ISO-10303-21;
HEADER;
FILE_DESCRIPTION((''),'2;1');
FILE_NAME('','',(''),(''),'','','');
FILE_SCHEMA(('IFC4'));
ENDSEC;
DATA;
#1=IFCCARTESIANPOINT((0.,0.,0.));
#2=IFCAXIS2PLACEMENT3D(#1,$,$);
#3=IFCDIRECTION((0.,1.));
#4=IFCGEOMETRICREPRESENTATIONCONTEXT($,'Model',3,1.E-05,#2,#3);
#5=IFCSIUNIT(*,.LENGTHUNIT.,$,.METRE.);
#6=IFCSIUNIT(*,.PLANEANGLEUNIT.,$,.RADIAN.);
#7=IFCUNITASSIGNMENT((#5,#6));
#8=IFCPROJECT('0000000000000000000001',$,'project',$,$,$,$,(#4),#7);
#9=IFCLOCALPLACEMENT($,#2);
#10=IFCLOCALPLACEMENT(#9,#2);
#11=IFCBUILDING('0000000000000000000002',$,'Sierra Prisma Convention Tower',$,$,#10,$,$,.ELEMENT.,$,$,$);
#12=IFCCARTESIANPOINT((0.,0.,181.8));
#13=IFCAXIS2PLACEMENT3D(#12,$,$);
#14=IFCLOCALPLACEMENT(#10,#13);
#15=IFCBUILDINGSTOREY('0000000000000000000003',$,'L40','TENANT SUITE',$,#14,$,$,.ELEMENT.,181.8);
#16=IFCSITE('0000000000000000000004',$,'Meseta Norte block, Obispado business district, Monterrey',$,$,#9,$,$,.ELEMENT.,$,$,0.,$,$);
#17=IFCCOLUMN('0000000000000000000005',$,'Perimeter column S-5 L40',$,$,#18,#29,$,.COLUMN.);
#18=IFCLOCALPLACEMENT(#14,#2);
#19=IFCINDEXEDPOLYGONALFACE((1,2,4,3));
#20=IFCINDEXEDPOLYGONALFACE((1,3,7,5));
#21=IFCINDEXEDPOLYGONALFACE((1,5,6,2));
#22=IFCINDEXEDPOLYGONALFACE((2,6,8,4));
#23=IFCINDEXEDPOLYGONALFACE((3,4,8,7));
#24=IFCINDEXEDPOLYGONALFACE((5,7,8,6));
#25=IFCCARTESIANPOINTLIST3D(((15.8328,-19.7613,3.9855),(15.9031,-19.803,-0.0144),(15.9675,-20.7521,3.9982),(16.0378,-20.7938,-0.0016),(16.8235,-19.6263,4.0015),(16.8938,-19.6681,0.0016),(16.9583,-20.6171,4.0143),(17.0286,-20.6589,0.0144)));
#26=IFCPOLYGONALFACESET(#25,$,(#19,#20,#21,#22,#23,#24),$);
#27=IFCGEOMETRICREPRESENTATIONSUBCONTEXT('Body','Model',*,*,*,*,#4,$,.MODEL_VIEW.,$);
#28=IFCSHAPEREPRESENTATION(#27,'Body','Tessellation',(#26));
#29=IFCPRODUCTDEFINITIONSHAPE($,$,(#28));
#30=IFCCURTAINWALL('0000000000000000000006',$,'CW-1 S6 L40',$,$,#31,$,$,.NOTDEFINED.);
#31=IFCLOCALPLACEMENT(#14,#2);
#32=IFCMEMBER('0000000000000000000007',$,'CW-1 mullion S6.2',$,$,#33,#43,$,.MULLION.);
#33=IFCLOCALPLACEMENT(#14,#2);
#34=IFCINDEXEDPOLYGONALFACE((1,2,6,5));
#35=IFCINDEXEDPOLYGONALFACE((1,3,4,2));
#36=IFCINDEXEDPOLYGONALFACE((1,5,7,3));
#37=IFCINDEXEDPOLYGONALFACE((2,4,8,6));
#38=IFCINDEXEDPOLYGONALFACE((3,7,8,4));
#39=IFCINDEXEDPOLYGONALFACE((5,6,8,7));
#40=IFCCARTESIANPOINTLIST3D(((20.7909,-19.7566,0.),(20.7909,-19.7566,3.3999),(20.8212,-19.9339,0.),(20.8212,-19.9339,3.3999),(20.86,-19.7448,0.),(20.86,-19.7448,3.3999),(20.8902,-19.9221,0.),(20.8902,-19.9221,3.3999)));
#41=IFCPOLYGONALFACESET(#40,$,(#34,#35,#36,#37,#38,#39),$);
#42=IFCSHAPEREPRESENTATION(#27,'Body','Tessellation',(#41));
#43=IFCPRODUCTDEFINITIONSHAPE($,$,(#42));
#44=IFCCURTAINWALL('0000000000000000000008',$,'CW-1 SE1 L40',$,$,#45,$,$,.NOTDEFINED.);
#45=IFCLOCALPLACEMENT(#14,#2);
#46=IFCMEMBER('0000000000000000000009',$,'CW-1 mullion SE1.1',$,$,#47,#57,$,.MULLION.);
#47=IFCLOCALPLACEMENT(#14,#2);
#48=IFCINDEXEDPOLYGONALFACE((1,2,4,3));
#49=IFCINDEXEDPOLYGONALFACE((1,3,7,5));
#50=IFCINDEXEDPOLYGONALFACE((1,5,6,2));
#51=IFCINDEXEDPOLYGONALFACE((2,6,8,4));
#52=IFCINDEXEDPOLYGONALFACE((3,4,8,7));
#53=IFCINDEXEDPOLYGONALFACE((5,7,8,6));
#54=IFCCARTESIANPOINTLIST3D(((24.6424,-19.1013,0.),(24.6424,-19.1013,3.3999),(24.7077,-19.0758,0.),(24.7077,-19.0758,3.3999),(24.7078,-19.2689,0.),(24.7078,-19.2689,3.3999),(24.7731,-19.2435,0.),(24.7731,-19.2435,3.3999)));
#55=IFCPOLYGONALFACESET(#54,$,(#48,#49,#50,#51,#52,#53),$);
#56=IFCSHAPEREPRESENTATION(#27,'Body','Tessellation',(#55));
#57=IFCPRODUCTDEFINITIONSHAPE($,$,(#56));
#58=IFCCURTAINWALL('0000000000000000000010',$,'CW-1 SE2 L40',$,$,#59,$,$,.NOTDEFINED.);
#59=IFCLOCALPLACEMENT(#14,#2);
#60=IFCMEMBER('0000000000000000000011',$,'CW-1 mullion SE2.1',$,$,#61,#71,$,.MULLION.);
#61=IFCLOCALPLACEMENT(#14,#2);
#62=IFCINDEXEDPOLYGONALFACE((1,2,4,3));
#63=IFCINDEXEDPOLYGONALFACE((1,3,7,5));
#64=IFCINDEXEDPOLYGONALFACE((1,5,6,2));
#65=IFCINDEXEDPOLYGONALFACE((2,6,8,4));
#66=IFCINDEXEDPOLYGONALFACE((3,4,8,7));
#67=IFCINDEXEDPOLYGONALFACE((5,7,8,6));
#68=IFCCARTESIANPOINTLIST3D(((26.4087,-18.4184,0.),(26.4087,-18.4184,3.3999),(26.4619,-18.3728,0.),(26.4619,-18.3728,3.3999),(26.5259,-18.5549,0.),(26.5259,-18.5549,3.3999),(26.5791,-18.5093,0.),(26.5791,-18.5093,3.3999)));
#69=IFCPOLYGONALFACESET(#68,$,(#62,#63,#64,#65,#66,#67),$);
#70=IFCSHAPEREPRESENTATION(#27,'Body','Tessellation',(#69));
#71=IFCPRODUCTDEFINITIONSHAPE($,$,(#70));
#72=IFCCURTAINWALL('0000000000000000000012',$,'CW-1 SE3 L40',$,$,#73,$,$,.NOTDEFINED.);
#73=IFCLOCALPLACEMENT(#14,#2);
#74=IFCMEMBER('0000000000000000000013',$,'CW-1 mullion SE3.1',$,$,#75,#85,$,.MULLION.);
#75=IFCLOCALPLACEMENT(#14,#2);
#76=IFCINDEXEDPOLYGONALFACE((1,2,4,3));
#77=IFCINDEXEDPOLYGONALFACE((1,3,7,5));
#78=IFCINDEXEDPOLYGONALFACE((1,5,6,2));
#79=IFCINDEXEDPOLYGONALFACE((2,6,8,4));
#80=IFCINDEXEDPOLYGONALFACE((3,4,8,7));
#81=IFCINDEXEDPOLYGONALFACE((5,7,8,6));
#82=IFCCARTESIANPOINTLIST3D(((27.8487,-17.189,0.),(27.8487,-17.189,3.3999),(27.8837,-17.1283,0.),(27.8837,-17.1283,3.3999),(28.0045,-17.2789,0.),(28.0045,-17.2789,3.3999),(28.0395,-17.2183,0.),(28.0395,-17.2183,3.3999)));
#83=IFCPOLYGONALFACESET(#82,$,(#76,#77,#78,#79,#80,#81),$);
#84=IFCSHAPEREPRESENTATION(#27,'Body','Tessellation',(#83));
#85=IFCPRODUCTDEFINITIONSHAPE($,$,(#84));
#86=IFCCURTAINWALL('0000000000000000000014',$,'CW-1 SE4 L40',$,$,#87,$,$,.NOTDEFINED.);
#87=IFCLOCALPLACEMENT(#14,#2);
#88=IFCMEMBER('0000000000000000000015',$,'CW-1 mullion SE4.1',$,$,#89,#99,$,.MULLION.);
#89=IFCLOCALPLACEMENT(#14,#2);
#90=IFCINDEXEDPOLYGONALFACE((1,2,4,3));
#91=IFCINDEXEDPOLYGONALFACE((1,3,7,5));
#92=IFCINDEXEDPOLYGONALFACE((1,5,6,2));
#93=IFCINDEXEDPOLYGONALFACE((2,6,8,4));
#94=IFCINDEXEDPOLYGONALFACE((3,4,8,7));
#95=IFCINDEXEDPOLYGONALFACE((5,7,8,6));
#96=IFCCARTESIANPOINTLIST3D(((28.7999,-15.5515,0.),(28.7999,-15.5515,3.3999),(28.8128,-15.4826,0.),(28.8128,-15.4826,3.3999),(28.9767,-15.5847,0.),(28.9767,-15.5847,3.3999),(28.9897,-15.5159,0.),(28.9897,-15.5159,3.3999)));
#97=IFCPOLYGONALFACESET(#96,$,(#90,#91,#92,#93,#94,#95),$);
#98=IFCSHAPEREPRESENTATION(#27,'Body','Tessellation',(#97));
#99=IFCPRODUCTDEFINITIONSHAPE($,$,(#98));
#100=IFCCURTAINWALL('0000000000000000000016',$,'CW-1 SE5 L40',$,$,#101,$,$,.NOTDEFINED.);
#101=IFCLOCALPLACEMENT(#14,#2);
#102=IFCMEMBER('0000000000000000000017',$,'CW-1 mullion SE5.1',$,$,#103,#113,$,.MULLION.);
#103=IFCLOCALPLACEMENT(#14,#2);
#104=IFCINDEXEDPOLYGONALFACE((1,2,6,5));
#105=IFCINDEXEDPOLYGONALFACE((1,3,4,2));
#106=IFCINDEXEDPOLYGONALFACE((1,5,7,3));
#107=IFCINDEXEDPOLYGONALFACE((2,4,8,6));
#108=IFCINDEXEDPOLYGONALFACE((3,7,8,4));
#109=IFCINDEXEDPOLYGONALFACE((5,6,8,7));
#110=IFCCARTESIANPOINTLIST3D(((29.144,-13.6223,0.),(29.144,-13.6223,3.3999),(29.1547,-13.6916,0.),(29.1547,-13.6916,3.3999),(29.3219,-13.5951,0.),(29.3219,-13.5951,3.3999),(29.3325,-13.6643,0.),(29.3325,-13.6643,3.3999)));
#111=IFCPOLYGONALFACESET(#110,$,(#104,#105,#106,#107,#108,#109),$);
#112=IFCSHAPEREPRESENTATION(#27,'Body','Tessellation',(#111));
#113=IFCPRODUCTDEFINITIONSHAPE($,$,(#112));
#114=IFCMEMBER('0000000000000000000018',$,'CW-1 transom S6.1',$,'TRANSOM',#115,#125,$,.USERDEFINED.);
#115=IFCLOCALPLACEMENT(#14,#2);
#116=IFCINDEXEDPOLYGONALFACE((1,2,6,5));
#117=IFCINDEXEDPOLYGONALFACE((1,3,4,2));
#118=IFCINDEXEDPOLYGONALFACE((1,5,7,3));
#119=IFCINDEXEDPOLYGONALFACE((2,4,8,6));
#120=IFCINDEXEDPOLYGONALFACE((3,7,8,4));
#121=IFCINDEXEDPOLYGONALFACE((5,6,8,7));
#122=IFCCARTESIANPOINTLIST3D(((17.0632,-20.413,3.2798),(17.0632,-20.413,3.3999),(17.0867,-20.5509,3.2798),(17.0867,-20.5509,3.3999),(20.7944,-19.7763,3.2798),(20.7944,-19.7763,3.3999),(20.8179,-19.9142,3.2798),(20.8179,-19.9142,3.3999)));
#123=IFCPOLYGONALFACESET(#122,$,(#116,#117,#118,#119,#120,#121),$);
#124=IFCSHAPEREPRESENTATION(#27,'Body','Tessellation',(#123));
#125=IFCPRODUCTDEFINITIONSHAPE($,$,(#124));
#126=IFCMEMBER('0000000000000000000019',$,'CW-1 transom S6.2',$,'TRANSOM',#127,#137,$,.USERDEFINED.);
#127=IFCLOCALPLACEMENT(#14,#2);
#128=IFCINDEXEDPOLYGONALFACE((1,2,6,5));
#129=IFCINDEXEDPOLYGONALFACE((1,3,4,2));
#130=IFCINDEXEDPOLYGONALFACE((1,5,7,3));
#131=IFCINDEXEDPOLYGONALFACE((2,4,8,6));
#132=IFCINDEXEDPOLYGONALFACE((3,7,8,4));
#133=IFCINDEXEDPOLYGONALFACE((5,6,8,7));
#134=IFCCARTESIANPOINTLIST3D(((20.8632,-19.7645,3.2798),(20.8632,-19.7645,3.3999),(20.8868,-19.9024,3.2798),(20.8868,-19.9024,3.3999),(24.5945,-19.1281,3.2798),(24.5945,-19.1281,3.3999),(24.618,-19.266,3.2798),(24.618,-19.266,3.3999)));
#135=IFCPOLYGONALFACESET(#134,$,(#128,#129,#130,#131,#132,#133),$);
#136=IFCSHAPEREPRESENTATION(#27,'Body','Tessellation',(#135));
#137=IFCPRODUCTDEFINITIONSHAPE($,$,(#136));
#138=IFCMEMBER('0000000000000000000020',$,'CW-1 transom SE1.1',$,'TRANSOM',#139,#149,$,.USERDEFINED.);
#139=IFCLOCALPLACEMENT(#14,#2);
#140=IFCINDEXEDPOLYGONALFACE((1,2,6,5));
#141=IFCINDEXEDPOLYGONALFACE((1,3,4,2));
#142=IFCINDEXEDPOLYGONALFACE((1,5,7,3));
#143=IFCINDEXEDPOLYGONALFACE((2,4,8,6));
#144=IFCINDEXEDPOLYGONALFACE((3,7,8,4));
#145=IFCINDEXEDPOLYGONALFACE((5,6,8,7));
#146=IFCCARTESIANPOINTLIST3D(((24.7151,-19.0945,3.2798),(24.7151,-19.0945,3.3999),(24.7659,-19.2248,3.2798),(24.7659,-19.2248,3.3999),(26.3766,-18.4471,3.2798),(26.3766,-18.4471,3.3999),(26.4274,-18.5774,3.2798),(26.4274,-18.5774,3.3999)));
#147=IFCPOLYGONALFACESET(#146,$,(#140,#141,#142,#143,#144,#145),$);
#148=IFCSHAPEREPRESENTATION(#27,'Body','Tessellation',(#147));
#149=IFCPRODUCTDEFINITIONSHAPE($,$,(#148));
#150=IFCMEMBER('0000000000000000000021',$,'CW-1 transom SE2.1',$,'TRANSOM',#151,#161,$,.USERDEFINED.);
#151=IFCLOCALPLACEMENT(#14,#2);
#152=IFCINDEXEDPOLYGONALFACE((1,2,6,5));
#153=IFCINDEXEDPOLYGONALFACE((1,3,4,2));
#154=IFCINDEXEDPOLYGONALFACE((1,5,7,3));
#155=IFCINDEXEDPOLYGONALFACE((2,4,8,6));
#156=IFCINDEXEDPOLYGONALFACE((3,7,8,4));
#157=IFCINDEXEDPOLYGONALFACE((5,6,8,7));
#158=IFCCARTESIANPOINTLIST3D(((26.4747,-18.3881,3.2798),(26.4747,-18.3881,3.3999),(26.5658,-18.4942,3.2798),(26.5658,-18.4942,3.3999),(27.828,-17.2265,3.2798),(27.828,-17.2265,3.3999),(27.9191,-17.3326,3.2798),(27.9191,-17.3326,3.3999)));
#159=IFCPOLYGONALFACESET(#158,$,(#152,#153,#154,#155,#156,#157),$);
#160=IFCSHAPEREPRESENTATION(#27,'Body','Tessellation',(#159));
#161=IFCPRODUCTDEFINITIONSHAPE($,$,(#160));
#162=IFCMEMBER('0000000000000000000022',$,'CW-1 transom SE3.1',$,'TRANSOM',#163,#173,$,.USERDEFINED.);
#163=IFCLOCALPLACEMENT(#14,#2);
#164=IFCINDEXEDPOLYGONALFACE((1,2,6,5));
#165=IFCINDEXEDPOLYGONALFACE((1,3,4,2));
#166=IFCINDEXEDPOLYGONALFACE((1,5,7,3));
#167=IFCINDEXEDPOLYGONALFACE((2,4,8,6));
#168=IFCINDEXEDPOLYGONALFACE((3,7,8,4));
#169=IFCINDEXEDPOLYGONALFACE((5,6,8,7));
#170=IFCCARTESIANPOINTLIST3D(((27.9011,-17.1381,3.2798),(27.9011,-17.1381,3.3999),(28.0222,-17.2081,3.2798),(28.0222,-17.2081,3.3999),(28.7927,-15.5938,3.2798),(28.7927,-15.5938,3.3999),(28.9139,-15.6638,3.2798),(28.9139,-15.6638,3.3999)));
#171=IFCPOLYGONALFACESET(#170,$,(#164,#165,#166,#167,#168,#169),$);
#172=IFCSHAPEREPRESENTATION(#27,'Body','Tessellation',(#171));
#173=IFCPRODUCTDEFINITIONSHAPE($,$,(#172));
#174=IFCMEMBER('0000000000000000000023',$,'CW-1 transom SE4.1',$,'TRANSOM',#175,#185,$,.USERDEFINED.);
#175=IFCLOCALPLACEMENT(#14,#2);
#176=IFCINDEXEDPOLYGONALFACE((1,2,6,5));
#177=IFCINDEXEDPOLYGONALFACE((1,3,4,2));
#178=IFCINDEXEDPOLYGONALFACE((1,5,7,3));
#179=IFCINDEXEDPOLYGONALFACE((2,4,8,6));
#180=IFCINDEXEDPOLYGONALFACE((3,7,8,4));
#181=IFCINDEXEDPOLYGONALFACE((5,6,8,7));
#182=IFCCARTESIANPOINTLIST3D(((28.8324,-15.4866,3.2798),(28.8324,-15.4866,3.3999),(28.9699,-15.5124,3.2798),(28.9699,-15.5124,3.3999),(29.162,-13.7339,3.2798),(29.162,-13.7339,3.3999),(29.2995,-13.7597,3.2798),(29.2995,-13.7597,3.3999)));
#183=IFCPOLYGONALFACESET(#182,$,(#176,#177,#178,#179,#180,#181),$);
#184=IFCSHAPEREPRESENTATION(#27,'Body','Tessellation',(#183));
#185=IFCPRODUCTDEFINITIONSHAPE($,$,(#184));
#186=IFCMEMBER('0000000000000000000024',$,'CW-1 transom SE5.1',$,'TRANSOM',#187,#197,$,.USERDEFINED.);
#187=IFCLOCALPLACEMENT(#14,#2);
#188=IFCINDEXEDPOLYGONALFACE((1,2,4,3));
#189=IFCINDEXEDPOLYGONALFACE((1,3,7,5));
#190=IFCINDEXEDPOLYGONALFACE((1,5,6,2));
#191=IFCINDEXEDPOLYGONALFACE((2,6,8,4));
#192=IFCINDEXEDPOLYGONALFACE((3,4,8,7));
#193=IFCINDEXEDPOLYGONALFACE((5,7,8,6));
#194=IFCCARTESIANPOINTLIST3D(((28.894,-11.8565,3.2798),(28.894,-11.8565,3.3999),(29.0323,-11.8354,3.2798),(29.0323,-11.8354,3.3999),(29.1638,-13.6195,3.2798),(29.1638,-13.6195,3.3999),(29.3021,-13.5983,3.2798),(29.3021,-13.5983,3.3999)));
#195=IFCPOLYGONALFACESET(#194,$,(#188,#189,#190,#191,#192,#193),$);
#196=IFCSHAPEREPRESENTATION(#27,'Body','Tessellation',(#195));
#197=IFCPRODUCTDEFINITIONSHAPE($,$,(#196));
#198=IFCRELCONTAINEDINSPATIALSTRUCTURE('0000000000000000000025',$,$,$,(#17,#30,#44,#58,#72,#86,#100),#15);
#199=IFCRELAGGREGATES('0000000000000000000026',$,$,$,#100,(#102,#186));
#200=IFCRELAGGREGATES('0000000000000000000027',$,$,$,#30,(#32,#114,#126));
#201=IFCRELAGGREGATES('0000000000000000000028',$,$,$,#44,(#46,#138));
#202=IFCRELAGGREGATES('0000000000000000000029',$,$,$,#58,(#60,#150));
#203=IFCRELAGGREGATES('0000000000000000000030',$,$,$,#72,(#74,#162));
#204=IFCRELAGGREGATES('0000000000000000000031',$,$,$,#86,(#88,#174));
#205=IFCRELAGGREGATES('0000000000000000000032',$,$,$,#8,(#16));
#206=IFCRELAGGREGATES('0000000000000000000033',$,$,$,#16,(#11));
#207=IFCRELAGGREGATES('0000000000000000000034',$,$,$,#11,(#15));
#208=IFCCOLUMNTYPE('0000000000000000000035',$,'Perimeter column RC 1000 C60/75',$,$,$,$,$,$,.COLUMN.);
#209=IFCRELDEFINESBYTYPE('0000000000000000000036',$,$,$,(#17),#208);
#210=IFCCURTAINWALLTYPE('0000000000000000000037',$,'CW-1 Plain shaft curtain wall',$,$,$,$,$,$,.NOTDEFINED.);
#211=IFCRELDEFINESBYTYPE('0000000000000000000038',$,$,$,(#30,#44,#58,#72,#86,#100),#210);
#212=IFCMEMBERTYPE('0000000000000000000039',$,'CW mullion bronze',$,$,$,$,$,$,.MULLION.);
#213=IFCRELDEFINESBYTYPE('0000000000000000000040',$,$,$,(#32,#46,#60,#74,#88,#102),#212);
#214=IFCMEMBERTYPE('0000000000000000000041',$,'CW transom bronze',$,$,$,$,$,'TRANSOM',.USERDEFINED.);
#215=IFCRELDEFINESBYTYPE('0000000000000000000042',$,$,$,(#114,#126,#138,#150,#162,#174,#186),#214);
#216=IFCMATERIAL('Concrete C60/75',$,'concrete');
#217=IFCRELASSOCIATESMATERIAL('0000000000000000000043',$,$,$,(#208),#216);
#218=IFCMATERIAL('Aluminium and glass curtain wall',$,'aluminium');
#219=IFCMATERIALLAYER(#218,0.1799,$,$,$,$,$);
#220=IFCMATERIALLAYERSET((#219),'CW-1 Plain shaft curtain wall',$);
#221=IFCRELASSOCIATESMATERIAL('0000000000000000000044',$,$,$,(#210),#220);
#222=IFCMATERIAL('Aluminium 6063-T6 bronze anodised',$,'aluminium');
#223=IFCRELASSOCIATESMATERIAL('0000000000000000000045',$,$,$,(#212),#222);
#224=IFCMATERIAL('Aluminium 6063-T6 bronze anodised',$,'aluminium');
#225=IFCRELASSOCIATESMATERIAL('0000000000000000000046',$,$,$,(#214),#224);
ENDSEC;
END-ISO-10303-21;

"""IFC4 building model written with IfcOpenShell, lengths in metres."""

from ifc_helpers import new_model, si_unit, direction, frame, origin, origin_2d, place, context, subcontext, project, spatial, rectangle, extrude, material, layer, layer_set, material_profile, profile_set, type_object, element, aggregate, save


model = new_model("IFC4")

# Units and contexts
model_context = context("Model", 3, precision=1e-05, world=origin(), true_north=direction((0.0, 1.0)))
body_context = subcontext(model_context, "Body", "Model", "MODEL_VIEW")
ifc_project = project(units=[si_unit("LENGTHUNIT", "METRE"), si_unit("PLANEANGLEUNIT", "RADIAN")], contexts=[model_context])

# Site, building, storey
site_placement = place(None, origin())
site = spatial("IfcSite", under=ifc_project, at=site_placement, Name="Meseta Norte block, Obispado business district, Monterrey", CompositionType="ELEMENT", RefElevation=0.0)
building_placement = place(site_placement, origin())
building = spatial("IfcBuilding", under=site, at=building_placement, Name="Sierra Prisma Convention Tower", CompositionType="ELEMENT")
storey_placement = place(building_placement, frame((0.0, 0.0, 181.8)))
storey = spatial("IfcBuildingStorey", under=building, at=storey_placement, Name="L40", Description="TENANT SUITE", CompositionType="ELEMENT", Elevation=181.8)

# Column
ifc_material_1 = material(Name="Concrete C60/75", Category="concrete")
ifc_material_profile_1 = material_profile(ifc_material_1, rectangle(XDim=1.0, YDim=1.0, at=origin_2d()), Name="Perimeter column RC 1000 C60/75")
ifc_profile_set_1 = profile_set([ifc_material_profile_1], Name="Concrete C60/75")
column_type = type_object("IfcColumnType", Name="Perimeter column RC 1000 C60/75", PredefinedType="COLUMN", material=ifc_profile_set_1)
column_placement = place(storey_placement, frame((16.4658, -20.231, 0.0), z_axis=(-0.017574, 0.010435, 0.999791), x_axis=(0.990723, 0.134954, 0.016007)))
element("IfcColumn", 1, at=column_placement, inside=storey, type_object=column_type, Name="Perimeter column S-5 L40", PredefinedType="COLUMN", context=body_context, shape_type="SweptSolid", body=[
    extrude(rectangle(XDim=1.0, YDim=1.0, at=origin_2d()), origin(), (0.0, 0.0, 1.0), 4.0007),
])

# Curtain walls, members
ifc_material_2 = material(Name="Aluminium and glass curtain wall", Category="aluminium")
ifc_layer_1 = layer(ifc_material_2, 0.1799)
ifc_layer_set_1 = layer_set([ifc_layer_1], Name="CW-1 Plain shaft curtain wall")
curtain_wall_type = type_object("IfcCurtainWallType", Name="CW-1 Plain shaft curtain wall", PredefinedType="NOTDEFINED", material=ifc_layer_set_1)
curtain_wall_1_placement = place(storey_placement, origin())
curtain_wall_1 = element("IfcCurtainWall", 2, at=curtain_wall_1_placement, inside=storey, type_object=curtain_wall_type, Name="CW-1 S6 L40", PredefinedType="NOTDEFINED")
ifc_material_3 = material(Name="Aluminium 6063-T6 bronze anodised", Category="aluminium")
ifc_material_profile_2 = material_profile(ifc_material_3, rectangle(XDim=0.1799, YDim=0.0701, at=origin_2d()), Name="ALU MULLION 70x180")
ifc_profile_set_2 = profile_set([ifc_material_profile_2], Name="Aluminium 6063-T6 bronze anodised")
member_type_1 = type_object("IfcMemberType", Name="CW mullion bronze", PredefinedType="MULLION", material=ifc_profile_set_2)
member_1_placement = place(storey_placement, frame((20.8406, -19.8394, 0.0), z_axis=(0.0, 0.0, 1.0), x_axis=(-0.168187, 0.985755, 0.0)))
member_1 = element("IfcMember", 3, at=member_1_placement, type_object=member_type_1, Name="CW-1 mullion S6.2", PredefinedType="MULLION", context=body_context, shape_type="SweptSolid", body=[
    extrude(rectangle(XDim=0.1799, YDim=0.0701, at=origin_2d()), origin(), (0.0, 0.0, 1.0), 3.3999),
])
curtain_wall_2_placement = place(storey_placement, origin())
curtain_wall_2 = element("IfcCurtainWall", 4, at=curtain_wall_2_placement, inside=storey, type_object=curtain_wall_type, Name="CW-1 SE1 L40", PredefinedType="NOTDEFINED")
member_2_placement = place(storey_placement, frame((24.7078, -19.1724, 0.0), z_axis=(0.0, 0.0, 1.0), x_axis=(-0.363172, 0.931722, 0.0)))
member_2 = element("IfcMember", 5, at=member_2_placement, type_object=member_type_1, Name="CW-1 mullion SE1.1", PredefinedType="MULLION", context=body_context, shape_type="SweptSolid", body=[
    extrude(rectangle(XDim=0.1799, YDim=0.0701, at=origin_2d()), origin(), (0.0, 0.0, 1.0), 3.3999),
])
curtain_wall_3_placement = place(storey_placement, origin())
curtain_wall_3 = element("IfcCurtainWall", 6, at=curtain_wall_3_placement, inside=storey, type_object=curtain_wall_type, Name="CW-1 SE2 L40", PredefinedType="NOTDEFINED")
member_3_placement = place(storey_placement, frame((26.4939, -18.4639, 0.0), z_axis=(0.0, 0.0, 1.0), x_axis=(-0.651404, 0.758731, 0.0)))
member_3 = element("IfcMember", 7, at=member_3_placement, type_object=member_type_1, Name="CW-1 mullion SE2.1", PredefinedType="MULLION", context=body_context, shape_type="SweptSolid", body=[
    extrude(rectangle(XDim=0.1799, YDim=0.0701, at=origin_2d()), origin(), (0.0, 0.0, 1.0), 3.3999),
])
curtain_wall_4_placement = place(storey_placement, origin())
curtain_wall_4 = element("IfcCurtainWall", 8, at=curtain_wall_4_placement, inside=storey, type_object=curtain_wall_type, Name="CW-1 SE3 L40", PredefinedType="NOTDEFINED")
member_4_placement = place(storey_placement, frame((27.9441, -17.2036, 0.0), z_axis=(0.0, 0.0, 1.0), x_axis=(-0.866025, 0.5, 0.0)))
member_4 = element("IfcMember", 9, at=member_4_placement, type_object=member_type_1, Name="CW-1 mullion SE3.1", PredefinedType="MULLION", context=body_context, shape_type="SweptSolid", body=[
    extrude(rectangle(XDim=0.1799, YDim=0.0701, at=origin_2d()), origin(), (0.0, 0.0, 1.0), 3.3999),
])
curtain_wall_5_placement = place(storey_placement, origin())
curtain_wall_5 = element("IfcCurtainWall", 10, at=curtain_wall_5_placement, inside=storey, type_object=curtain_wall_type, Name="CW-1 SE4 L40", PredefinedType="NOTDEFINED")
member_5_placement = place(storey_placement, frame((28.8948, -15.5337, 0.0), z_axis=(0.0, 0.0, 1.0), x_axis=(-0.982782, 0.184767, 0.0)))
member_5 = element("IfcMember", 11, at=member_5_placement, type_object=member_type_1, Name="CW-1 mullion SE4.1", PredefinedType="MULLION", context=body_context, shape_type="SweptSolid", body=[
    extrude(rectangle(XDim=0.1799, YDim=0.0701, at=origin_2d()), origin(), (0.0, 0.0, 1.0), 3.3999),
])
curtain_wall_6_placement = place(storey_placement, origin())
curtain_wall_6 = element("IfcCurtainWall", 12, at=curtain_wall_6_placement, inside=storey, type_object=curtain_wall_type, Name="CW-1 SE5 L40", PredefinedType="NOTDEFINED")
member_6_placement = place(storey_placement, frame((29.2383, -13.6433, 0.0), z_axis=(0.0, 0.0, 1.0), x_axis=(-0.988481, -0.151345, 0.0)))
member_6 = element("IfcMember", 13, at=member_6_placement, type_object=member_type_1, Name="CW-1 mullion SE5.1", PredefinedType="MULLION", context=body_context, shape_type="SweptSolid", body=[
    extrude(rectangle(XDim=0.1799, YDim=0.0701, at=origin_2d()), origin(), (0.0, 0.0, 1.0), 3.3999),
])

# Members
ifc_material_4 = material(Name="Aluminium 6063-T6 bronze anodised", Category="aluminium")
ifc_material_profile_3 = material_profile(ifc_material_4, rectangle(XDim=0.1399, YDim=0.1201, at=origin_2d()), Name="ALU TRANSOM 120x140")
ifc_profile_set_3 = profile_set([ifc_material_profile_3], Name="Aluminium 6063-T6 bronze anodised")
member_type_2 = type_object("IfcMemberType", Name="CW transom bronze", ElementType="TRANSOM", PredefinedType="USERDEFINED", material=ifc_profile_set_3)
member_7_placement = place(storey_placement, frame((17.075, -20.4819, 3.3398), z_axis=(0.98575, 0.168215, 0.0), x_axis=(-0.168215, 0.98575, 0.0)))
member_7 = element("IfcMember", 14, at=member_7_placement, type_object=member_type_2, Name="CW-1 transom S6.1", ObjectType="TRANSOM", PredefinedType="USERDEFINED", context=body_context, shape_type="SweptSolid", body=[
    extrude(rectangle(XDim=0.1399, YDim=0.1201, at=origin_2d()), origin(), (0.0, 0.0, 1.0), 3.7852),
])
member_8_placement = place(storey_placement, frame((20.875, -19.8335, 3.3398), z_axis=(0.985761, 0.168153, 0.0), x_axis=(-0.168153, 0.985761, 0.0)))
member_8 = element("IfcMember", 15, at=member_8_placement, type_object=member_type_2, Name="CW-1 transom S6.2", ObjectType="TRANSOM", PredefinedType="USERDEFINED", context=body_context, shape_type="SweptSolid", body=[
    extrude(rectangle(XDim=0.1399, YDim=0.1201, at=origin_2d()), origin(), (0.0, 0.0, 1.0), 3.7852),
])
member_9_placement = place(storey_placement, frame((24.7405, -19.1597, 3.3398), z_axis=(0.931763, 0.363067, 0.0), x_axis=(-0.363067, 0.931763, 0.0)))
member_9 = element("IfcMember", 16, at=member_9_placement, type_object=member_type_2, Name="CW-1 transom SE1.1", ObjectType="TRANSOM", PredefinedType="USERDEFINED", context=body_context, shape_type="SweptSolid", body=[
    extrude(rectangle(XDim=0.1399, YDim=0.1201, at=origin_2d()), origin(), (0.0, 0.0, 1.0), 1.7832),
])
member_10_placement = place(storey_placement, frame((26.5203, -18.4412, 3.3398), z_axis=(0.758793, 0.651332, 0.0), x_axis=(-0.651332, 0.758793, 0.0)))
member_10 = element("IfcMember", 17, at=member_10_placement, type_object=member_type_2, Name="CW-1 transom SE2.1", ObjectType="TRANSOM", PredefinedType="USERDEFINED", context=body_context, shape_type="SweptSolid", body=[
    extrude(rectangle(XDim=0.1399, YDim=0.1201, at=origin_2d()), origin(), (0.0, 0.0, 1.0), 1.7834),
])
member_11_placement = place(storey_placement, frame((27.9617, -17.1731, 3.3398), z_axis=(0.500027, 0.86601, 0.0), x_axis=(-0.86601, 0.500027, 0.0)))
member_11 = element("IfcMember", 18, at=member_11_placement, type_object=member_type_2, Name="CW-1 transom SE3.1", ObjectType="TRANSOM", PredefinedType="USERDEFINED", context=body_context, shape_type="SweptSolid", body=[
    extrude(rectangle(XDim=0.1399, YDim=0.1201, at=origin_2d()), origin(), (0.0, 0.0, 1.0), 1.7832),
])
member_12_placement = place(storey_placement, frame((28.9011, -15.4995, 3.3398), z_axis=(0.184809, 0.982774, 0.0), x_axis=(-0.982774, 0.184809, 0.0)))
member_12 = element("IfcMember", 19, at=member_12_placement, type_object=member_type_2, Name="CW-1 transom SE4.1", ObjectType="TRANSOM", PredefinedType="USERDEFINED", context=body_context, shape_type="SweptSolid", body=[
    extrude(rectangle(XDim=0.1399, YDim=0.1201, at=origin_2d()), origin(), (0.0, 0.0, 1.0), 1.7834),
])
member_13_placement = place(storey_placement, frame((29.2329, -13.6089, 3.3398), z_axis=(-0.151265, 0.988493, 0.0), x_axis=(-0.988493, -0.151265, 0.0)))
member_13 = element("IfcMember", 20, at=member_13_placement, type_object=member_type_2, Name="CW-1 transom SE5.1", ObjectType="TRANSOM", PredefinedType="USERDEFINED", context=body_context, shape_type="SweptSolid", body=[
    extrude(rectangle(XDim=0.1399, YDim=0.1201, at=origin_2d()), origin(), (0.0, 0.0, 1.0), 1.7834),
])
aggregate(curtain_wall_6, [member_6, member_13])

aggregate(curtain_wall_1, [member_1, member_7, member_8])
aggregate(curtain_wall_2, [member_2, member_9])
aggregate(curtain_wall_3, [member_3, member_10])
aggregate(curtain_wall_4, [member_4, member_11])
aggregate(curtain_wall_5, [member_5, member_12])

save(model, "model.ifc")
